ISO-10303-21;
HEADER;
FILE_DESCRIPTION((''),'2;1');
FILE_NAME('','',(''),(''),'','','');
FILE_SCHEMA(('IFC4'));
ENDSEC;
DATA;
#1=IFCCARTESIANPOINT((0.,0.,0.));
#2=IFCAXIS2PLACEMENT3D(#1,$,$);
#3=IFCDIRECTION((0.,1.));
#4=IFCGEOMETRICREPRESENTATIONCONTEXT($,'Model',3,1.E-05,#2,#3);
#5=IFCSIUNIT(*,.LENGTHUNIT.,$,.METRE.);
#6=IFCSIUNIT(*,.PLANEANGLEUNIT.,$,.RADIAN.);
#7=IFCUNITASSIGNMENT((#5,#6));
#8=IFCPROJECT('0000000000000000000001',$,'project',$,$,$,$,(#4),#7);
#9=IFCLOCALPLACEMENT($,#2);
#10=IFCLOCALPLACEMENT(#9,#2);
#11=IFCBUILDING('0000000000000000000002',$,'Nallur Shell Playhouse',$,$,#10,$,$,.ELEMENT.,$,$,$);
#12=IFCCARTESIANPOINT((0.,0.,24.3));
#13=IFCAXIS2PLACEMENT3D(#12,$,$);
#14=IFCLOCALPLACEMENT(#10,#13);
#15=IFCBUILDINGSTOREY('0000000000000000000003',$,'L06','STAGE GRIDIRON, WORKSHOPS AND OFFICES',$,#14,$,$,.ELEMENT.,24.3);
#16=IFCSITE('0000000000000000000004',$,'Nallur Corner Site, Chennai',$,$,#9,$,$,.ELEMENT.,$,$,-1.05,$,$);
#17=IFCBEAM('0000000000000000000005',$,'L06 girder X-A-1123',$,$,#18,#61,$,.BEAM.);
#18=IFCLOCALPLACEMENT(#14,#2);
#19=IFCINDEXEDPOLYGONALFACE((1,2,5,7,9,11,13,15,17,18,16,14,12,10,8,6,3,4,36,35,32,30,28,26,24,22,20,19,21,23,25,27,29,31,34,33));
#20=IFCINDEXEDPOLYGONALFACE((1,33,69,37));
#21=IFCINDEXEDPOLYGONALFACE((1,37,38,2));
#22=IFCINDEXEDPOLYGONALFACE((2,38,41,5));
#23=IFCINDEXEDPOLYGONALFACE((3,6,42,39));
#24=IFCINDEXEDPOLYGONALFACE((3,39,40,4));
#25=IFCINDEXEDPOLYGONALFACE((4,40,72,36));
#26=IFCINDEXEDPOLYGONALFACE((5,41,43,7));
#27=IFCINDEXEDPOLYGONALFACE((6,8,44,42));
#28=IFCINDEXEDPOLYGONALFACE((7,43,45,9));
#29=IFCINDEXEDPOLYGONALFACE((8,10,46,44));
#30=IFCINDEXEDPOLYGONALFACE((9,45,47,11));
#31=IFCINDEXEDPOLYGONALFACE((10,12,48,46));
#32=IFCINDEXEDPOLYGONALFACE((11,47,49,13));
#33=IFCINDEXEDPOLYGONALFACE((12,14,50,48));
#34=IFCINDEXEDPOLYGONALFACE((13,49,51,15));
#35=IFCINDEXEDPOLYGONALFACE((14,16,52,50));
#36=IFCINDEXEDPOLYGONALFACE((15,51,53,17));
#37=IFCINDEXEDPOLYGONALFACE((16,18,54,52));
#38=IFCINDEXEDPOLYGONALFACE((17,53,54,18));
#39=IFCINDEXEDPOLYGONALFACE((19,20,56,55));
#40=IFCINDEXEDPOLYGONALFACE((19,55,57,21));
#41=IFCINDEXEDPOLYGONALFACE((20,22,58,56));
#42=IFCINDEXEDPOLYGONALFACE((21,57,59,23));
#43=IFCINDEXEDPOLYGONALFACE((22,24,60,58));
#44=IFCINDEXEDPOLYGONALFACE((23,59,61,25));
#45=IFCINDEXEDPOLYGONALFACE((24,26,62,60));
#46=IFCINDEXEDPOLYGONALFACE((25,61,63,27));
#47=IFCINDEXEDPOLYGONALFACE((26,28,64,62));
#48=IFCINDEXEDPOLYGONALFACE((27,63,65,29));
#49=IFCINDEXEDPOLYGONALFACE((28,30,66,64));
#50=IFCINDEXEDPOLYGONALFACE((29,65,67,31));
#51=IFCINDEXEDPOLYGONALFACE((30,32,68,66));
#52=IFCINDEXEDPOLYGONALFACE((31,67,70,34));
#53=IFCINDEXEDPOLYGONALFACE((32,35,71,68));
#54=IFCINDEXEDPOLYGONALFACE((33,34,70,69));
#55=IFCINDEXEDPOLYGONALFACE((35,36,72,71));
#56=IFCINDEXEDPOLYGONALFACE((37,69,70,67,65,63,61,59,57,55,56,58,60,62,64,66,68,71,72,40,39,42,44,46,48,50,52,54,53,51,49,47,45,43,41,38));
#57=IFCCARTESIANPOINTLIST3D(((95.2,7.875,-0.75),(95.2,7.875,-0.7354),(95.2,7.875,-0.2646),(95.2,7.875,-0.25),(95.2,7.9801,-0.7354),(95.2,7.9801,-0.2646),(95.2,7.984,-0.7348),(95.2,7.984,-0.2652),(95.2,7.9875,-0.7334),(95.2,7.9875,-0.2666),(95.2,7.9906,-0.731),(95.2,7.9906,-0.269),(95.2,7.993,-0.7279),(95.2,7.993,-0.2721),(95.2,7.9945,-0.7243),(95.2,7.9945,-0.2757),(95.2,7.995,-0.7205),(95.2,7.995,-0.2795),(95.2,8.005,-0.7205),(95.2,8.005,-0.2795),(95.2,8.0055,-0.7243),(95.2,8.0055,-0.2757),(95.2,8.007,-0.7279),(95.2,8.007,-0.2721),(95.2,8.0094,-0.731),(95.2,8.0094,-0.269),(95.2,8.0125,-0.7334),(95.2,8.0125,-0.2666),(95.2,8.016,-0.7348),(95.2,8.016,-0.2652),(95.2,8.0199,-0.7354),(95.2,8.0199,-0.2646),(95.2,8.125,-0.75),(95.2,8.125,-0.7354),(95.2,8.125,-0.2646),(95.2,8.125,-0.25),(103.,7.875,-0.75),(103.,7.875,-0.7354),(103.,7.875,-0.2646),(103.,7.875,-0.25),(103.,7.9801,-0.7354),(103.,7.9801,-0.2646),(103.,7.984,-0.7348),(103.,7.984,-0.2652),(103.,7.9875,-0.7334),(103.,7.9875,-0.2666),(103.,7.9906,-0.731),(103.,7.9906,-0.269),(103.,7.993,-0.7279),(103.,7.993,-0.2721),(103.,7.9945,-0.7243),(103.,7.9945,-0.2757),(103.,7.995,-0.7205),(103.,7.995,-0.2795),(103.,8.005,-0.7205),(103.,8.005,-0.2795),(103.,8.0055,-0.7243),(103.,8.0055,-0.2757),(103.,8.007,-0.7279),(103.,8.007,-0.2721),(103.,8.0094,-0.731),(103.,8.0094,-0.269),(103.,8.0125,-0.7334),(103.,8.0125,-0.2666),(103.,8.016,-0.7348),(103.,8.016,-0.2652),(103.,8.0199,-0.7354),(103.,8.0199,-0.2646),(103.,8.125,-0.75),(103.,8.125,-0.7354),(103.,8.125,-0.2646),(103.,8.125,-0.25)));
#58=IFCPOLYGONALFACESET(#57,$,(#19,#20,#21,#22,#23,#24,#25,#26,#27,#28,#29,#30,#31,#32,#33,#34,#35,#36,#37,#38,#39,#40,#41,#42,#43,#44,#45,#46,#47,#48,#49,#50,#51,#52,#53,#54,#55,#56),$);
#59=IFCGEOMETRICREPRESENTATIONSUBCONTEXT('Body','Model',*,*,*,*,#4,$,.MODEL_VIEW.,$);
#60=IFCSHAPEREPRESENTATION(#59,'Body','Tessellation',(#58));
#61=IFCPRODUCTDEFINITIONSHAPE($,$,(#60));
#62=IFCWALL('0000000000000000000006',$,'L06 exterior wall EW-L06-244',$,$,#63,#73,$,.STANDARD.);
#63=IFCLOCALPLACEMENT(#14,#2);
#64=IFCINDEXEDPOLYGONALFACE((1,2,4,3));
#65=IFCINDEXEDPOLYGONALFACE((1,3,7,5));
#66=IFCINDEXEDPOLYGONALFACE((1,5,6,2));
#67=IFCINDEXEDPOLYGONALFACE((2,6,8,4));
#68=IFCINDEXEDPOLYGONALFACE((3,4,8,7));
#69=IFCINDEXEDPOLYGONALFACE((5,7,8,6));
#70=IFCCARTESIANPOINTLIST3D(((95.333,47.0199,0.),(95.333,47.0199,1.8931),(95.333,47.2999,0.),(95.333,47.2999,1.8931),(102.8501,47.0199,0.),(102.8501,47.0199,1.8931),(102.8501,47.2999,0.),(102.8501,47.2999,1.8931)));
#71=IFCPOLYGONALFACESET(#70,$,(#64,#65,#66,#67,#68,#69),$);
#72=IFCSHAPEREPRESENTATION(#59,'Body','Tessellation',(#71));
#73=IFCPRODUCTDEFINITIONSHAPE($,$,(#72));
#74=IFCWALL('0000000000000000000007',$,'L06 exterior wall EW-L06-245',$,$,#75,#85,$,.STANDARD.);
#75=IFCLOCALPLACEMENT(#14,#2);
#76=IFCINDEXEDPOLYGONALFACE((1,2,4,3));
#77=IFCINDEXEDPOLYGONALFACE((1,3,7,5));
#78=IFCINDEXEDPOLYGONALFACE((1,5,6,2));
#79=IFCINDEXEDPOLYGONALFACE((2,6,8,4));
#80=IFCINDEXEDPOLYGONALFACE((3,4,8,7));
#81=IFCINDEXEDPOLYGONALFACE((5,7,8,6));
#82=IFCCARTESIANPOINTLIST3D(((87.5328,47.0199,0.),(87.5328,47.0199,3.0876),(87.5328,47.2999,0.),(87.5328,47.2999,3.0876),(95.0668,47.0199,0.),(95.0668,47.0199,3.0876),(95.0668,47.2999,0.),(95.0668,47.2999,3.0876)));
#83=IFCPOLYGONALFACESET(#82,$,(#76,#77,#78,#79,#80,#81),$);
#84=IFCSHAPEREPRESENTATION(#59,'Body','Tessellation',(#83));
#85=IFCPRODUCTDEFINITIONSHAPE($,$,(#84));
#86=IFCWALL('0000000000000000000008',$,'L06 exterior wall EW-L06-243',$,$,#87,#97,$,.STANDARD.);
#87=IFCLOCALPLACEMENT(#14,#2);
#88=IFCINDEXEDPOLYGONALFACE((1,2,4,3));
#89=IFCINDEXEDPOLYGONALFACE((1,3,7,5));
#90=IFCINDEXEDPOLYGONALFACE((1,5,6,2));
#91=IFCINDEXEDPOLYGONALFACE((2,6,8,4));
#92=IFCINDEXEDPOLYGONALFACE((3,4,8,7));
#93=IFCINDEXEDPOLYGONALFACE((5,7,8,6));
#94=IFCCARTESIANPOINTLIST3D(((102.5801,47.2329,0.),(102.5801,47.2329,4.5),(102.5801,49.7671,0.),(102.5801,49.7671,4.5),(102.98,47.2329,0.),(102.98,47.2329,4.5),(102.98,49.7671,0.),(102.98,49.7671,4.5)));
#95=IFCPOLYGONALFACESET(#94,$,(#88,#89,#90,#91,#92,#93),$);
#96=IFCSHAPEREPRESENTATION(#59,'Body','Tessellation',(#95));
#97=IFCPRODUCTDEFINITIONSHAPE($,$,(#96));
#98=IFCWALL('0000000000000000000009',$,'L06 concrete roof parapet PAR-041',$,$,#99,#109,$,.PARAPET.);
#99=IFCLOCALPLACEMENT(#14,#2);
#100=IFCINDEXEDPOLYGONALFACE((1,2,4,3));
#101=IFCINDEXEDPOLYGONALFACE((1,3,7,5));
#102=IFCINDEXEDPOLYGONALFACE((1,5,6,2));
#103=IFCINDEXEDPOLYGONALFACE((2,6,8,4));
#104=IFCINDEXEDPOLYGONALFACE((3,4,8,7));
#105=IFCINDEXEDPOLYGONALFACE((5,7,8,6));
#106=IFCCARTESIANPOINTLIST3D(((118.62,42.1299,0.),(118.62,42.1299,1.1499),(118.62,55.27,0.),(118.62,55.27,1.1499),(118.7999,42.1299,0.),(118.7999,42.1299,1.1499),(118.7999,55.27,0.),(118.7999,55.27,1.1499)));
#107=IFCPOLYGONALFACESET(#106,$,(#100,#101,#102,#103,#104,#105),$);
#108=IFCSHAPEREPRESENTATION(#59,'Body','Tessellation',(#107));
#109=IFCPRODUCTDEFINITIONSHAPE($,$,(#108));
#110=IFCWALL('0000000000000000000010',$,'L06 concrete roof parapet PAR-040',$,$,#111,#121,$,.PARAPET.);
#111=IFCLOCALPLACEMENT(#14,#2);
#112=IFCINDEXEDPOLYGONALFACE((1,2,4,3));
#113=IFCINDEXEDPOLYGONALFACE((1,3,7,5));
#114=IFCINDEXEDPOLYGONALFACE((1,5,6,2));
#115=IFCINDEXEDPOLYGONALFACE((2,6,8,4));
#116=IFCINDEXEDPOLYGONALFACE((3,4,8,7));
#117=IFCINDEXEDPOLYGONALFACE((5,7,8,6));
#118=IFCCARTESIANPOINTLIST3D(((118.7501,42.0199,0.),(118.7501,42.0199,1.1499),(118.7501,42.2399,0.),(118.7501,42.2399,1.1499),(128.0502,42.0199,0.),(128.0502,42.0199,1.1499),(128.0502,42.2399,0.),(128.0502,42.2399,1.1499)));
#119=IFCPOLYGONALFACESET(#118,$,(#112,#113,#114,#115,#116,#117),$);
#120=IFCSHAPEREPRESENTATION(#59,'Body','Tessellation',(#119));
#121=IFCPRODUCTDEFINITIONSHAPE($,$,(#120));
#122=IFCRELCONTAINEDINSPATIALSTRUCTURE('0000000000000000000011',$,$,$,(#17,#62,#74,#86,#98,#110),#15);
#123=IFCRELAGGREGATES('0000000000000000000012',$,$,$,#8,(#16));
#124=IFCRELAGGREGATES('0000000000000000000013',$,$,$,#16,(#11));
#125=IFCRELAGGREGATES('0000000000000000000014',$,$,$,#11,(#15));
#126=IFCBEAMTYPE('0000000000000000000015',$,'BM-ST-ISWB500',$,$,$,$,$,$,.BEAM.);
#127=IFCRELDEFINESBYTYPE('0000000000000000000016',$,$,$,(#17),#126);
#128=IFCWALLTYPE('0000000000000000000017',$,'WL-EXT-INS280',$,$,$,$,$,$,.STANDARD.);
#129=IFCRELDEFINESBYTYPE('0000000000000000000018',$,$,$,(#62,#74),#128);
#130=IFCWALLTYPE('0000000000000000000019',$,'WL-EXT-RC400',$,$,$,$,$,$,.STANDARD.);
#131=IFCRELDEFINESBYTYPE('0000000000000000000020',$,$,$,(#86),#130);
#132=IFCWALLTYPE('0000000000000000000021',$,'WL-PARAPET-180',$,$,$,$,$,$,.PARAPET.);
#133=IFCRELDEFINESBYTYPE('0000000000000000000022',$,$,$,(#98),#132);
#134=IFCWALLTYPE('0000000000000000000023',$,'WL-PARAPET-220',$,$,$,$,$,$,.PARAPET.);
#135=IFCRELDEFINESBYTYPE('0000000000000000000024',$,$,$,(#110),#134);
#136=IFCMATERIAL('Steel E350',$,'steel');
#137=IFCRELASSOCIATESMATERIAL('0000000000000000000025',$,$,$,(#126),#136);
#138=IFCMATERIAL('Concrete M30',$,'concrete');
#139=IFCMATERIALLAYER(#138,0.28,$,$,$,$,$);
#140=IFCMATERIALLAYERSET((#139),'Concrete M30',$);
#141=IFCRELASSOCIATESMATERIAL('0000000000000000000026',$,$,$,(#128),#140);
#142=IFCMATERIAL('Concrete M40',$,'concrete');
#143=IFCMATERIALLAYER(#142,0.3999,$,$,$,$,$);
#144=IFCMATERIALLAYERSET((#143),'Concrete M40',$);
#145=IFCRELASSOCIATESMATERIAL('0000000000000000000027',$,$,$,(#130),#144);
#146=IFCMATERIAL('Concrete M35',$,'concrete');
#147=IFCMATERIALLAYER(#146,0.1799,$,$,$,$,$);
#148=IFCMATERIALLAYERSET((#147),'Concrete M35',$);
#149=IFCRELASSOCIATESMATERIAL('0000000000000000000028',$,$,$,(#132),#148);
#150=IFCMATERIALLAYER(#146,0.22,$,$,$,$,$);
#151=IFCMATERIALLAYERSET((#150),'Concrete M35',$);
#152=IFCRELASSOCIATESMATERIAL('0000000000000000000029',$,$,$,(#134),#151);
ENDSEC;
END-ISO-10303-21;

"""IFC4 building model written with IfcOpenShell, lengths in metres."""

from ifc_helpers import new_model, si_unit, direction, frame, frame_2d, origin, origin_2d, place, context, subcontext, project, spatial, rectangle, i_section, extrude, material, layer, layer_set, material_profile, profile_set, type_object, element, save


model = new_model("IFC4")

# Units and contexts
model_context = context("Model", 3, precision=1e-05, world=origin(), true_north=direction((0.0, 1.0)))
body_context = subcontext(model_context, "Body", "Model", "MODEL_VIEW")
ifc_project = project(units=[si_unit("LENGTHUNIT", "METRE"), si_unit("PLANEANGLEUNIT", "RADIAN")], contexts=[model_context])

# Site, building, storey
site_placement = place(None, origin())
site = spatial("IfcSite", under=ifc_project, at=site_placement, Name="Nallur Corner Site, Chennai", CompositionType="ELEMENT", RefElevation=-1.05)
building_placement = place(site_placement, origin())
building = spatial("IfcBuilding", under=site, at=building_placement, Name="Nallur Shell Playhouse", CompositionType="ELEMENT")
storey_placement = place(building_placement, frame((0.0, 0.0, 24.3)))
storey = spatial("IfcBuildingStorey", under=building, at=storey_placement, Name="L06", Description="STAGE GRIDIRON, WORKSHOPS AND OFFICES", CompositionType="ELEMENT", Elevation=24.3)

# Shared definitions
ifc_material_1 = material(Name="Steel E350", Category="steel")

# Beam
ifc_material_2 = material(Name="Concrete M40", Category="concrete")
ifc_material_3 = material(Name="Concrete M35", Category="concrete")
ifc_material_profile_1 = material_profile(ifc_material_1, i_section(OverallWidth=0.25, OverallDepth=0.5, WebThickness=0.01, FlangeThickness=0.0146, FilletRadius=0.0149, at=origin_2d()), Name="ISWB 500")
ifc_profile_set_1 = profile_set([ifc_material_profile_1], Name="Steel E350")
beam_type_1 = type_object("IfcBeamType", Name="BM-ST-ISWB500", PredefinedType="BEAM", material=ifc_profile_set_1)
beam_1_placement = place(storey_placement, frame((95.2, 8.0, -0.5), z_axis=(1.0, 0.0, 0.0), x_axis=(0.0, 1.0, 0.0)))
element("IfcBeam", 1, at=beam_1_placement, inside=storey, type_object=beam_type_1, Name="L06 girder X-A-1123", PredefinedType="BEAM", context=body_context, shape_type="SweptSolid", body=[
    extrude(i_section(OverallWidth=0.25, OverallDepth=0.5, WebThickness=0.01, FlangeThickness=0.0146, FilletRadius=0.0149, at=origin_2d()), origin(), (0.0, 0.0, 1.0), 7.8),
])

# Walls
ifc_material_4 = material(Name="Concrete M30", Category="concrete")
ifc_layer_1 = layer(ifc_material_4, 0.28)
ifc_layer_set_1 = layer_set([ifc_layer_1], Name="Concrete M30")
wall_type_1 = type_object("IfcWallType", Name="WL-EXT-INS280", PredefinedType="STANDARD", material=ifc_layer_set_1)
wall_1_placement = place(storey_placement, frame((102.8501, 47.1599, 0.0), z_axis=(0.0, 0.0, 1.0), x_axis=(-1.0, 0.0, 0.0)))
element("IfcWall", 2, at=wall_1_placement, inside=storey, type_object=wall_type_1, Name="L06 exterior wall EW-L06-244", PredefinedType="STANDARD", context=body_context, shape_type="SweptSolid", body=[
    extrude(rectangle(XDim=7.5171, YDim=0.28, at=frame_2d((3.7585, 0.0))), origin(), (0.0, 0.0, 1.0), 1.8931),
])
wall_2_placement = place(storey_placement, frame((95.0669, 47.1599, 0.0), z_axis=(0.0, 0.0, 1.0), x_axis=(-1.0, 0.0, 0.0)))
element("IfcWall", 3, at=wall_2_placement, inside=storey, type_object=wall_type_1, Name="L06 exterior wall EW-L06-245", PredefinedType="STANDARD", context=body_context, shape_type="SweptSolid", body=[
    extrude(rectangle(XDim=7.5339, YDim=0.28, at=frame_2d((3.7671, 0.0))), origin(), (0.0, 0.0, 1.0), 3.0876),
])
ifc_layer_2 = layer(ifc_material_2, 0.3999)
ifc_layer_set_2 = layer_set([ifc_layer_2], Name="Concrete M40")
wall_type_2 = type_object("IfcWallType", Name="WL-EXT-RC400", PredefinedType="STANDARD", material=ifc_layer_set_2)
wall_3_placement = place(storey_placement, frame((102.78, 49.7671, 0.0), z_axis=(0.0, 0.0, 1.0), x_axis=(0.0, -1.0, 0.0)))
element("IfcWall", 4, at=wall_3_placement, inside=storey, type_object=wall_type_2, Name="L06 exterior wall EW-L06-243", PredefinedType="STANDARD", context=body_context, shape_type="SweptSolid", body=[
    extrude(rectangle(XDim=2.5342, YDim=0.3999, at=frame_2d((1.2671, 0.0))), origin(), (0.0, 0.0, 1.0), 4.5),
])
ifc_layer_3 = layer(ifc_material_3, 0.1799)
ifc_layer_set_3 = layer_set([ifc_layer_3], Name="Concrete M35")
wall_type_3 = type_object("IfcWallType", Name="WL-PARAPET-180", PredefinedType="PARAPET", material=ifc_layer_set_3)
wall_4_placement = place(storey_placement, frame((118.71, 42.1299, 0.0), z_axis=(0.0, 0.0, 1.0), x_axis=(0.0, 1.0, 0.0)))
element("IfcWall", 5, at=wall_4_placement, inside=storey, type_object=wall_type_3, Name="L06 concrete roof parapet PAR-041", PredefinedType="PARAPET", context=body_context, shape_type="SweptSolid", body=[
    extrude(rectangle(XDim=13.1401, YDim=0.1799, at=frame_2d((6.5701, 0.0))), origin(), (0.0, 0.0, 1.0), 1.1499),
])
ifc_layer_4 = layer(ifc_material_3, 0.22)
ifc_layer_set_4 = layer_set([ifc_layer_4], Name="Concrete M35")
wall_type_4 = type_object("IfcWallType", Name="WL-PARAPET-220", PredefinedType="PARAPET", material=ifc_layer_set_4)
wall_5_placement = place(storey_placement, frame((128.05, 42.1299, 0.0), z_axis=(0.0, 0.0, 1.0), x_axis=(-1.0, 0.0, 0.0)))
element("IfcWall", 6, at=wall_5_placement, inside=storey, type_object=wall_type_4, Name="L06 concrete roof parapet PAR-040", PredefinedType="PARAPET", context=body_context, shape_type="SweptSolid", body=[
    extrude(rectangle(XDim=9.3, YDim=0.22, at=frame_2d((4.6499, 0.0))), origin(), (0.0, 0.0, 1.0), 1.1499),
])

save(model, "model.ifc")
